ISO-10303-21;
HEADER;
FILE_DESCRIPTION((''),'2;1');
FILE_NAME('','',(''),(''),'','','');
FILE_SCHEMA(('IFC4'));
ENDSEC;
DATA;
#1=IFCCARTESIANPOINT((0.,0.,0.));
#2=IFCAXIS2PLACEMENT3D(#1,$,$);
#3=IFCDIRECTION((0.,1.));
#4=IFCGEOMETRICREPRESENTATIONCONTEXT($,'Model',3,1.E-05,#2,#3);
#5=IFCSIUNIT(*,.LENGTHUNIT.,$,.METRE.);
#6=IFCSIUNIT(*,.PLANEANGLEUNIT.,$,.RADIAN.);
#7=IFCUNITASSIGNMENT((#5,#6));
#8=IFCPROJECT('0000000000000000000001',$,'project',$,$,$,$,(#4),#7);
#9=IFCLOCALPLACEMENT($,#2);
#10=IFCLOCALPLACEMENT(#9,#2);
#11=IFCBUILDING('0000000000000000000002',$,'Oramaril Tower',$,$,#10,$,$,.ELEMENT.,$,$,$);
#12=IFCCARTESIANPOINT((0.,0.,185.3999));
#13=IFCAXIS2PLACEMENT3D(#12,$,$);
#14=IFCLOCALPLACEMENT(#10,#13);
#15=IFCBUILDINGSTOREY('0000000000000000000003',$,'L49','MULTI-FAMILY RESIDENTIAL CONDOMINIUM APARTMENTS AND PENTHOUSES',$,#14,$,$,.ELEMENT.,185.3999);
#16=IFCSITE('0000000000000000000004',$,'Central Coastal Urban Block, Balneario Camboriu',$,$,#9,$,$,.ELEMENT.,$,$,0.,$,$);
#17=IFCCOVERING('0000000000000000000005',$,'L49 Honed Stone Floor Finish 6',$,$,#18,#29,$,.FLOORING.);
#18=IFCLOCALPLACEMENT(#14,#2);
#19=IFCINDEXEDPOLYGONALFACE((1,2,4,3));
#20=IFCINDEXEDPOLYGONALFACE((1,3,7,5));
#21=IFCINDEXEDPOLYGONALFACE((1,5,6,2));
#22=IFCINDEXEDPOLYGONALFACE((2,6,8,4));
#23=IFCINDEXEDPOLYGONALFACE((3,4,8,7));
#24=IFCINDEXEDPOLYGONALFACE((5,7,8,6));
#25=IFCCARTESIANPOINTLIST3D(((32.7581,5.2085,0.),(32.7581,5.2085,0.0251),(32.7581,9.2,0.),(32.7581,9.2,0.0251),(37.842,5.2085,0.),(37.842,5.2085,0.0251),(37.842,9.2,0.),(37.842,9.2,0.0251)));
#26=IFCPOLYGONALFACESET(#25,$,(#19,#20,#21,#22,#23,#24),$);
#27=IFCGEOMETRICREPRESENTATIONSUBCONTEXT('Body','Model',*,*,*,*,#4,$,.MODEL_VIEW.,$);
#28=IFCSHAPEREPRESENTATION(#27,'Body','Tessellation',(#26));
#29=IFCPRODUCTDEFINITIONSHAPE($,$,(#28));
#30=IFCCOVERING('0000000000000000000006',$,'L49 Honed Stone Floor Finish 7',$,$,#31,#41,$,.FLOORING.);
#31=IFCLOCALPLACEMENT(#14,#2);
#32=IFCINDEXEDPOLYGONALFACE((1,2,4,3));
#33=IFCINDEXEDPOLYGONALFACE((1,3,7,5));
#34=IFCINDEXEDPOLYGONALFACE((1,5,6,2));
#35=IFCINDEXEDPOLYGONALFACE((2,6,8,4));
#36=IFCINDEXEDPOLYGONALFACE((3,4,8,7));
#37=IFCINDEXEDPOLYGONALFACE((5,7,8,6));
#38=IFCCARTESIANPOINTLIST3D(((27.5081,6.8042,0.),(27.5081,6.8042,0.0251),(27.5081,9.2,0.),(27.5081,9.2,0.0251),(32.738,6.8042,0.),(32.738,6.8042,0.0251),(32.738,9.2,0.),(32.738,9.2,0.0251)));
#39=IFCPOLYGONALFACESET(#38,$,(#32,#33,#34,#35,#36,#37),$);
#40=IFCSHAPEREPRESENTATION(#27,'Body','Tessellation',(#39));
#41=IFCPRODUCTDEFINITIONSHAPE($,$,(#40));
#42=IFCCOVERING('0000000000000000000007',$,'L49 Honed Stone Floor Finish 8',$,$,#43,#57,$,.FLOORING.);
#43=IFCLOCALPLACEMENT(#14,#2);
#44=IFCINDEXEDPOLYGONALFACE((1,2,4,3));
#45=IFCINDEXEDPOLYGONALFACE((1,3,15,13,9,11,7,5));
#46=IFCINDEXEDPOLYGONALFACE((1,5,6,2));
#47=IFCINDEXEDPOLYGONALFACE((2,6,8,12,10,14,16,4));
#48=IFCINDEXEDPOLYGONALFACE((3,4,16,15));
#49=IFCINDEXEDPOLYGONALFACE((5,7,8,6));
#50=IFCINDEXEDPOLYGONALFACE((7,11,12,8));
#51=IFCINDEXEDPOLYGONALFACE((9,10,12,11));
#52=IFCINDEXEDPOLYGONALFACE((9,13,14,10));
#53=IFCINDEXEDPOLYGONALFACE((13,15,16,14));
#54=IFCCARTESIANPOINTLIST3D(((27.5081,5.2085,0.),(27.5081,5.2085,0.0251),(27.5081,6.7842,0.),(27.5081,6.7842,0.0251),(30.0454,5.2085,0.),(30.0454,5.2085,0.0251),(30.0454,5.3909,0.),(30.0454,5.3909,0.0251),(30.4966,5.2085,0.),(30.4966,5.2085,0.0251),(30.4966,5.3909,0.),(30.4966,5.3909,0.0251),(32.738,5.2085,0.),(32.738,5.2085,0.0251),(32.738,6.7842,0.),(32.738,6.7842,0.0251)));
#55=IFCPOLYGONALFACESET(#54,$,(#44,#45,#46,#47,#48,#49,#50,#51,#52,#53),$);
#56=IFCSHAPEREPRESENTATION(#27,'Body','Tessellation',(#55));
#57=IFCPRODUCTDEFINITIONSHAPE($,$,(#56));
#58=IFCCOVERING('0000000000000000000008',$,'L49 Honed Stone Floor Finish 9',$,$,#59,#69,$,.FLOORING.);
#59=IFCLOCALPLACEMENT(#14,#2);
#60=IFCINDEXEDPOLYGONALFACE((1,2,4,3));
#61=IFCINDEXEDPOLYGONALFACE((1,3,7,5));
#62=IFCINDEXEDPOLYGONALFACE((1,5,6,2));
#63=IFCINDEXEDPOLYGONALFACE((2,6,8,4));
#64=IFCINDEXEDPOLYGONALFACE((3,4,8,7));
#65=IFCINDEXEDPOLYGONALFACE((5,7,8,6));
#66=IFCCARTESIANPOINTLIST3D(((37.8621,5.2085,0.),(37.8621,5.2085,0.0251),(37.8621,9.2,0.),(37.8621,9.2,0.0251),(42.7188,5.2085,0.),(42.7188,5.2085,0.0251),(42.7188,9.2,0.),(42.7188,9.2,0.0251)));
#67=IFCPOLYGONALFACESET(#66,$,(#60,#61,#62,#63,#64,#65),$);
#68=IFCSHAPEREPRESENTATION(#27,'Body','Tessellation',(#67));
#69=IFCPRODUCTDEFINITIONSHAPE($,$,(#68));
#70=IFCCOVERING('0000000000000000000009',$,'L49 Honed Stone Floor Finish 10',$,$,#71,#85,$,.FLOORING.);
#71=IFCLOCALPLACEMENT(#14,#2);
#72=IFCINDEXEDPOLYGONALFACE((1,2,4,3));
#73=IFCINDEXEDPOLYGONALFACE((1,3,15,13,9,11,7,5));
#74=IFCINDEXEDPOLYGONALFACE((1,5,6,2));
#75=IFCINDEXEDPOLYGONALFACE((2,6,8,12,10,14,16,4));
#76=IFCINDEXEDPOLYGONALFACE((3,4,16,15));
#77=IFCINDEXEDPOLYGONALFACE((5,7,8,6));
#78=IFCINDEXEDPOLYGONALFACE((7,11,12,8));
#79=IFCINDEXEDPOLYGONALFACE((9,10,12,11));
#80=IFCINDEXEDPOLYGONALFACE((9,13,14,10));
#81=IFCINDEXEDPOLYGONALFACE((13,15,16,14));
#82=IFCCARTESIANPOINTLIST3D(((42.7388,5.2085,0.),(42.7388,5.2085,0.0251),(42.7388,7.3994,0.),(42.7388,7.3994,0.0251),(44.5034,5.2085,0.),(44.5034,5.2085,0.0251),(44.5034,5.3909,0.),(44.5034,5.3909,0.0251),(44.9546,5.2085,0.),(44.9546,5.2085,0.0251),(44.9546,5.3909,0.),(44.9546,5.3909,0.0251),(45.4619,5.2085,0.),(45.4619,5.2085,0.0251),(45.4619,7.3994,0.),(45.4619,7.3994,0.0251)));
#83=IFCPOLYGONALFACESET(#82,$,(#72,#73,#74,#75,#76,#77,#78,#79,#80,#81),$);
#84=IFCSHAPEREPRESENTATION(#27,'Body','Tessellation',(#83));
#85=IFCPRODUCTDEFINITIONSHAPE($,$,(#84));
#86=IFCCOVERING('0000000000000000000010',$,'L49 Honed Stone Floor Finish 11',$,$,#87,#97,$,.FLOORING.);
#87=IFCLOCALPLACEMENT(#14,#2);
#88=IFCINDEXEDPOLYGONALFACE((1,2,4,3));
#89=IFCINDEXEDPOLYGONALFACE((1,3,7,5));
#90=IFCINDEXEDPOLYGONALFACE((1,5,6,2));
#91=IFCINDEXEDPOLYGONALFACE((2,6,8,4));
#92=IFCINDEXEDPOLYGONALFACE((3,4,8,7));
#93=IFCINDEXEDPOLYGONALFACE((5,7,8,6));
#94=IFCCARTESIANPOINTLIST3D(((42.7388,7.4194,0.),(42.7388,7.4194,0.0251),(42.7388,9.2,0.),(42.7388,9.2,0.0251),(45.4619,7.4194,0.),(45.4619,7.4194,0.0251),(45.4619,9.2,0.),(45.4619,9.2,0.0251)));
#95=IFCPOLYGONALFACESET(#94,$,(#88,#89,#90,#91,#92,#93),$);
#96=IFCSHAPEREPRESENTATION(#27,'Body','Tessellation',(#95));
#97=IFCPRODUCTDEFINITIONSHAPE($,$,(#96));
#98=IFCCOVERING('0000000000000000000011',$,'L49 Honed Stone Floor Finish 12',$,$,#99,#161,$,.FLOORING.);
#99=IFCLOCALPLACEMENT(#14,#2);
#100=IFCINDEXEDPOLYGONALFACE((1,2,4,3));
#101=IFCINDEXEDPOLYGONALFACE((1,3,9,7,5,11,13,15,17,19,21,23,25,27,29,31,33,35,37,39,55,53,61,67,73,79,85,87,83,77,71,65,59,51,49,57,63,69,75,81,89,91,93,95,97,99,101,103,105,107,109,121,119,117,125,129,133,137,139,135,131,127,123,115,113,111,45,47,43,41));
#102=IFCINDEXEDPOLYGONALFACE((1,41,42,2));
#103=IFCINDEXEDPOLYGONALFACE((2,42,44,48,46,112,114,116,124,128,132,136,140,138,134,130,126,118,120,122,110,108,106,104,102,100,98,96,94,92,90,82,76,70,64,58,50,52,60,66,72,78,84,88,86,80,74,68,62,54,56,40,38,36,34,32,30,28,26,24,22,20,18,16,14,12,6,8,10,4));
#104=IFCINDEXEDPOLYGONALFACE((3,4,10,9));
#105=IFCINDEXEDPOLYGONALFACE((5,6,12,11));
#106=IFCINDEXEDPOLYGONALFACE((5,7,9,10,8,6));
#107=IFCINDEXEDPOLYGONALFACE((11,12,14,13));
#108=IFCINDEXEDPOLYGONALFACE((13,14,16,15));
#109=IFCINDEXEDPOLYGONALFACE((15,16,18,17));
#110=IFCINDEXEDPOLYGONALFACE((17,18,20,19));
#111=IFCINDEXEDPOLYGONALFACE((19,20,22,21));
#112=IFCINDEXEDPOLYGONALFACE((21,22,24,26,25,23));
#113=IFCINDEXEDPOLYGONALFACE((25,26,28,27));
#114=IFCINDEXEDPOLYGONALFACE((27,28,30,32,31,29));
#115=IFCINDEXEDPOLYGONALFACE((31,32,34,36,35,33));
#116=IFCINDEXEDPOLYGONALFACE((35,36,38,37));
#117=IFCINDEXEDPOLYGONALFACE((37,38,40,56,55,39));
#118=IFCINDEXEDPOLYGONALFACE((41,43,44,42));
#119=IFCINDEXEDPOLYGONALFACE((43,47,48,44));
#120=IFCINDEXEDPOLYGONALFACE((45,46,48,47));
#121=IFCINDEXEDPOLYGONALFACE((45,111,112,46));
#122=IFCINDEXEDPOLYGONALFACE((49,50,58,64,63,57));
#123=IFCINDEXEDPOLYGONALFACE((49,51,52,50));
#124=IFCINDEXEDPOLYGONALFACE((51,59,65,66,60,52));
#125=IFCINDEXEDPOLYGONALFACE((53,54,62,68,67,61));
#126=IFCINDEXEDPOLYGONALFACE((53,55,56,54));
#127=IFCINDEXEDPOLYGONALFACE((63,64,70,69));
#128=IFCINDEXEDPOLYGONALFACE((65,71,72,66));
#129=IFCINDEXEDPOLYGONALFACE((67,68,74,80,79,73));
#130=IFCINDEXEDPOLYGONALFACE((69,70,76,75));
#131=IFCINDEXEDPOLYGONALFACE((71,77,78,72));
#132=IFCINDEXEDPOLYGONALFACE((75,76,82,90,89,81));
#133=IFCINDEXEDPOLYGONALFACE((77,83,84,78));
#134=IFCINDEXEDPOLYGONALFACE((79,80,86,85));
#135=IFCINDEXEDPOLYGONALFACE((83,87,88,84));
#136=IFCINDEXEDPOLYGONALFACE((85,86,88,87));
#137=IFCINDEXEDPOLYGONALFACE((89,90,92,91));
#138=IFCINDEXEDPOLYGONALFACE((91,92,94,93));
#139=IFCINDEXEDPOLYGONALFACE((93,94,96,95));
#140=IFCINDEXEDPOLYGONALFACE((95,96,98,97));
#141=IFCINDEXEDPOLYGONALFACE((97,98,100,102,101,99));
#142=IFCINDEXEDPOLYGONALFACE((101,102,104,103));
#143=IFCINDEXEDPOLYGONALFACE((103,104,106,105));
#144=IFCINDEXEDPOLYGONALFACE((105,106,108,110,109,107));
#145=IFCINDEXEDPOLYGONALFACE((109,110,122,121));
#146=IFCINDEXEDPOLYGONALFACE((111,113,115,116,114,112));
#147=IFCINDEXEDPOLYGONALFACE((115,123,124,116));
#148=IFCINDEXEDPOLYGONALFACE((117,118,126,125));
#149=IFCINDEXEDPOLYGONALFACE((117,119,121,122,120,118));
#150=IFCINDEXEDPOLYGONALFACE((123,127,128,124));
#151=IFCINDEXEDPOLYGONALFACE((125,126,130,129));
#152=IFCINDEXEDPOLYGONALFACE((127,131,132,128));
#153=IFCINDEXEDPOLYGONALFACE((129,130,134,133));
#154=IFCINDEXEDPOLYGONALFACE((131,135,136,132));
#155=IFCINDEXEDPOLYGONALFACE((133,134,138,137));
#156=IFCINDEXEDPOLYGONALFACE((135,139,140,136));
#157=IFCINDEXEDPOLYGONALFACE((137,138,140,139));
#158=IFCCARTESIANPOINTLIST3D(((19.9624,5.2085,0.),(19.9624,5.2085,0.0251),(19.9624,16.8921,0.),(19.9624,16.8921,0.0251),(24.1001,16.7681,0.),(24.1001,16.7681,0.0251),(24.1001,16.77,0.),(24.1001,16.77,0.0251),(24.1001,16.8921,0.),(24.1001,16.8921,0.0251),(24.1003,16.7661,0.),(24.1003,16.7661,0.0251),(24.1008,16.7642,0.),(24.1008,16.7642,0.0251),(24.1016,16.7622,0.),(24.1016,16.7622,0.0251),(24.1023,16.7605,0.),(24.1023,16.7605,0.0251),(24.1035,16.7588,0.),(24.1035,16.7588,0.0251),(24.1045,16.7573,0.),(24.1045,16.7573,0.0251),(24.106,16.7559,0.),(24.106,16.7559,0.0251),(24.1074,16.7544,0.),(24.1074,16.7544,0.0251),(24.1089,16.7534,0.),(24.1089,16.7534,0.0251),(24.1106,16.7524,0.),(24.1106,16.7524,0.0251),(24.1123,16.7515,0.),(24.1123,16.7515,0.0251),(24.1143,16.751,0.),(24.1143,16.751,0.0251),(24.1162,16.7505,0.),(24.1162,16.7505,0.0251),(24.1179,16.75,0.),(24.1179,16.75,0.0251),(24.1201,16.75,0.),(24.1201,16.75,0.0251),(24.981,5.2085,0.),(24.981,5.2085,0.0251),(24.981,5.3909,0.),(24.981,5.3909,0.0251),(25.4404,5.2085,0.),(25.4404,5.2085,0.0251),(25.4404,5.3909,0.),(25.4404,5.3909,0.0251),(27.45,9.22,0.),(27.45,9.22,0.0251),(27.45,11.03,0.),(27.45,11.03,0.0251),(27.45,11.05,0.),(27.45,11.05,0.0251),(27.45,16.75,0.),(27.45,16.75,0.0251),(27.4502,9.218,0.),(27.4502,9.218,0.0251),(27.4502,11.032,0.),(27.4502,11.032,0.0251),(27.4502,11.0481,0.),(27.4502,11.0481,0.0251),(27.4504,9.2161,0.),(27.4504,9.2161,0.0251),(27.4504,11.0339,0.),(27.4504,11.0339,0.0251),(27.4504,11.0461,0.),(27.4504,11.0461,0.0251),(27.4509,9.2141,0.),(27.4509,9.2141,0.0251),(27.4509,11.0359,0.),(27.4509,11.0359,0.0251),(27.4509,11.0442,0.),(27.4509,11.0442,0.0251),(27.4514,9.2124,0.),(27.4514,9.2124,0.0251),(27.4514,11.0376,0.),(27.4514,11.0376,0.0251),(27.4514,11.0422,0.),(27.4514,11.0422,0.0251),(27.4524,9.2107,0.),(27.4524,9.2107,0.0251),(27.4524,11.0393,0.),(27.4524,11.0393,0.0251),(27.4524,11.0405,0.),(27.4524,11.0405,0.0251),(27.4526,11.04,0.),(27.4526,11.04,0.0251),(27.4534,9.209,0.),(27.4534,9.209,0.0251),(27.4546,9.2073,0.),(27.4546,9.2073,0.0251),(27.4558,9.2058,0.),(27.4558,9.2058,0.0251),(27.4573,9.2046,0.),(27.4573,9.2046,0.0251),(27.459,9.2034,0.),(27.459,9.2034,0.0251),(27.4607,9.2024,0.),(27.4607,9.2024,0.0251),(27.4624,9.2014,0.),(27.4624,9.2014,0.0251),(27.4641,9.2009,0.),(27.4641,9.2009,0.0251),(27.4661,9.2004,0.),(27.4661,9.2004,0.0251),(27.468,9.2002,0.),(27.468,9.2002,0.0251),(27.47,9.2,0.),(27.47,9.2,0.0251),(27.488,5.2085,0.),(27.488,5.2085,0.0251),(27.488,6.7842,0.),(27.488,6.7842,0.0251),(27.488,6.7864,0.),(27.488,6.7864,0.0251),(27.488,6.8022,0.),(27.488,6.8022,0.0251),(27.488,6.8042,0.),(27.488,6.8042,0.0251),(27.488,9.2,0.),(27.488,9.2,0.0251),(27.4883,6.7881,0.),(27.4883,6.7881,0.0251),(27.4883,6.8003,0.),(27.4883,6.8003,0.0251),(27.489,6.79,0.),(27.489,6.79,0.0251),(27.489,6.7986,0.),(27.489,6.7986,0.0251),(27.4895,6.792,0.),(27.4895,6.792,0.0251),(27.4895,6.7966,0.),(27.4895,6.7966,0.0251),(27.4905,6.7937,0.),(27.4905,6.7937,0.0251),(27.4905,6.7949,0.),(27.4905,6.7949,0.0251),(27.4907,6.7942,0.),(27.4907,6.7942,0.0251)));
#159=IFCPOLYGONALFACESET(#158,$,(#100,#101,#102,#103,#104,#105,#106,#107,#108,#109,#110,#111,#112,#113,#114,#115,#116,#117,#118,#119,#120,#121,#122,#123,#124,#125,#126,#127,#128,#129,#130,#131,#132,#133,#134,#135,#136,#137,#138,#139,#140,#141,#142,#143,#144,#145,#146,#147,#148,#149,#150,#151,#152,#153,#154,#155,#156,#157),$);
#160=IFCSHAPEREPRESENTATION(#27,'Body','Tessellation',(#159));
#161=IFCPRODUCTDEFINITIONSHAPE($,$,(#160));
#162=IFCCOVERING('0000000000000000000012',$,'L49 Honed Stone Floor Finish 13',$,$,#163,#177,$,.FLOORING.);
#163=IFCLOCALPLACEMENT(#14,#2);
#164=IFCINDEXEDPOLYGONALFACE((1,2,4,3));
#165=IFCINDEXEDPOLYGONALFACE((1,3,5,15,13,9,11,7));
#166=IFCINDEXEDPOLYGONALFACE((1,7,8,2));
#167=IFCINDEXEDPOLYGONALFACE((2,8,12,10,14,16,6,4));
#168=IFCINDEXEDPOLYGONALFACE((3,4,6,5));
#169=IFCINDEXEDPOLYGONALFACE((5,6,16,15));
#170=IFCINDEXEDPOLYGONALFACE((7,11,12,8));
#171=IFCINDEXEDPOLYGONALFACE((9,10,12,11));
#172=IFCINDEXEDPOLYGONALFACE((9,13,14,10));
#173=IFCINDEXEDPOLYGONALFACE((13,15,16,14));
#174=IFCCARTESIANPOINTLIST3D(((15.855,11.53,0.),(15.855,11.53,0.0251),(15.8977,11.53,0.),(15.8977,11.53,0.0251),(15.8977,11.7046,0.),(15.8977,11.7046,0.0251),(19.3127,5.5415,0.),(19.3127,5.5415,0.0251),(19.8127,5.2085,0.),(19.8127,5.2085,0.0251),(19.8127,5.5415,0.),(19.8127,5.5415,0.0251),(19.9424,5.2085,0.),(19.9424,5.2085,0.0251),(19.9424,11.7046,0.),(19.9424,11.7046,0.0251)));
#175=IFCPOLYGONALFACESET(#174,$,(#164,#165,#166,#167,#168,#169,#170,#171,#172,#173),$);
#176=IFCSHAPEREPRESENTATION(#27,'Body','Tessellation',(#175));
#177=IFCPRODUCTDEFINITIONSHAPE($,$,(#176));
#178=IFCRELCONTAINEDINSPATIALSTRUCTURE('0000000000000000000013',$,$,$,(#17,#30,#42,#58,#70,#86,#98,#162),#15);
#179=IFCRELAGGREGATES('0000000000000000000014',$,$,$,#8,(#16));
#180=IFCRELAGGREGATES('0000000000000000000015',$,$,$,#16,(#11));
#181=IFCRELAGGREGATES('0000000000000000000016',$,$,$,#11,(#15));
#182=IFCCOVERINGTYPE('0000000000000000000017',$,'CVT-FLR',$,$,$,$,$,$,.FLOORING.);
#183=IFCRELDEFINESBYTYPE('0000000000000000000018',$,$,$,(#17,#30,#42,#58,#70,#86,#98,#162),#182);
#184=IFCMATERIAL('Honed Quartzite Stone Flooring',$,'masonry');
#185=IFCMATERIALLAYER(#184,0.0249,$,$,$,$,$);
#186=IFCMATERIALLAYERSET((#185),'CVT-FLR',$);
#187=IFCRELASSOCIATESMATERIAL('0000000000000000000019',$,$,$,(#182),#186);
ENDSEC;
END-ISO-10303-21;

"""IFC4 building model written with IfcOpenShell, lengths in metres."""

from ifc_helpers import new_model, si_unit, direction, frame, origin, place, context, subcontext, project, spatial, polyline, outline, extrude, material, layer, layer_set, type_object, element, save


model = new_model("IFC4")

# Units and contexts
model_context = context("Model", 3, precision=1e-05, world=origin(), true_north=direction((0.0, 1.0)))
body_context = subcontext(model_context, "Body", "Model", "MODEL_VIEW")
ifc_project = project(units=[si_unit("LENGTHUNIT", "METRE"), si_unit("PLANEANGLEUNIT", "RADIAN")], contexts=[model_context])

# Site, building, storey
site_placement = place(None, origin())
site = spatial("IfcSite", under=ifc_project, at=site_placement, Name="Central Coastal Urban Block, Balneario Camboriu", CompositionType="ELEMENT", RefElevation=0.0)
building_placement = place(site_placement, origin())
building = spatial("IfcBuilding", under=site, at=building_placement, Name="Oramaril Tower", CompositionType="ELEMENT")
storey_placement = place(building_placement, frame((0.0, 0.0, 185.3999)))
storey = spatial("IfcBuildingStorey", under=building, at=storey_placement, Name="L49", Description="MULTI-FAMILY RESIDENTIAL CONDOMINIUM APARTMENTS AND PENTHOUSES", CompositionType="ELEMENT", Elevation=185.3999)

# Coverings
ifc_material_1 = material(Name="Honed Quartzite Stone Flooring", Category="masonry")
ifc_layer_1 = layer(ifc_material_1, 0.0249)
ifc_layer_set_1 = layer_set([ifc_layer_1], Name="CVT-FLR")
covering_type_1 = type_object("IfcCoveringType", Name="CVT-FLR", PredefinedType="FLOORING", material=ifc_layer_set_1)
covering_1_placement = place(storey_placement, origin())
element("IfcCovering", 1, at=covering_1_placement, inside=storey, type_object=covering_type_1, Name="L49 Honed Stone Floor Finish 6", PredefinedType="FLOORING", context=body_context, shape_type="SweptSolid", body=[
    extrude(outline(polyline([(37.842, 5.2085), (32.7581, 5.2085), (32.7581, 9.2), (37.842, 9.2), (37.842, 5.2085)])), origin(), (0.0, 0.0, 1.0), 0.0251),
])
covering_2_placement = place(storey_placement, origin())
element("IfcCovering", 2, at=covering_2_placement, inside=storey, type_object=covering_type_1, Name="L49 Honed Stone Floor Finish 7", PredefinedType="FLOORING", context=body_context, shape_type="SweptSolid", body=[
    extrude(outline(polyline([(27.5081, 6.8042), (27.5081, 9.2), (32.738, 9.2), (32.738, 6.8042), (27.5081, 6.8042)])), origin(), (0.0, 0.0, 1.0), 0.0251),
])
covering_3_placement = place(storey_placement, origin())
element("IfcCovering", 3, at=covering_3_placement, inside=storey, type_object=covering_type_1, Name="L49 Honed Stone Floor Finish 8", PredefinedType="FLOORING", context=body_context, shape_type="SweptSolid", body=[
    extrude(outline(polyline([(30.4966, 5.2085), (30.4966, 5.3909), (30.0454, 5.3909), (30.0454, 5.2085), (27.5081, 5.2085), (27.5081, 6.7842), (32.738, 6.7842), (32.738, 5.2085), (30.4966, 5.2085)])), origin(), (0.0, 0.0, 1.0), 0.0251),
])
covering_4_placement = place(storey_placement, origin())
element("IfcCovering", 4, at=covering_4_placement, inside=storey, type_object=covering_type_1, Name="L49 Honed Stone Floor Finish 9", PredefinedType="FLOORING", context=body_context, shape_type="SweptSolid", body=[
    extrude(outline(polyline([(42.7188, 5.2085), (37.8621, 5.2085), (37.8621, 9.2), (42.7188, 9.2), (42.7188, 5.2085)])), origin(), (0.0, 0.0, 1.0), 0.0251),
])
covering_5_placement = place(storey_placement, origin())
element("IfcCovering", 5, at=covering_5_placement, inside=storey, type_object=covering_type_1, Name="L49 Honed Stone Floor Finish 10", PredefinedType="FLOORING", context=body_context, shape_type="SweptSolid", body=[
    extrude(outline(polyline([(44.9546, 5.3909), (44.5034, 5.3909), (44.5034, 5.2085), (42.7388, 5.2085), (42.7388, 7.3994), (45.4619, 7.3994), (45.4619, 5.2085), (44.9546, 5.2085), (44.9546, 5.3909)])), origin(), (0.0, 0.0, 1.0), 0.0251),
])
covering_6_placement = place(storey_placement, origin())
element("IfcCovering", 6, at=covering_6_placement, inside=storey, type_object=covering_type_1, Name="L49 Honed Stone Floor Finish 11", PredefinedType="FLOORING", context=body_context, shape_type="SweptSolid", body=[
    extrude(outline(polyline([(45.4619, 7.4194), (42.7388, 7.4194), (42.7388, 9.2), (45.4619, 9.2), (45.4619, 7.4194)])), origin(), (0.0, 0.0, 1.0), 0.0251),
])
covering_7_placement = place(storey_placement, origin())
element("IfcCovering", 7, at=covering_7_placement, inside=storey, type_object=covering_type_1, Name="L49 Honed Stone Floor Finish 12", PredefinedType="FLOORING", context=body_context, shape_type="SweptSolid", body=[
    extrude(outline(polyline([(25.4404, 5.3909), (24.981, 5.3909), (24.981, 5.2085), (19.9624, 5.2085), (19.9624, 16.8921), (24.1001, 16.8921), (24.1001, 16.77), (24.1001, 16.7681), (24.1003, 16.7661), (24.1008, 16.7642), (24.1016, 16.7622), (24.1023, 16.7605), (24.1035, 16.7588), (24.1045, 16.7573), (24.106, 16.7559), (24.1074, 16.7544), (24.1089, 16.7534), (24.1106, 16.7524), (24.1123, 16.7515), (24.1143, 16.751), (24.1162, 16.7505), (24.1179, 16.75), (24.1201, 16.75), (27.45, 16.75), (27.45, 11.05), (27.4502, 11.0481), (27.4504, 11.0461), (27.4509, 11.0442), (27.4514, 11.0422), (27.4524, 11.0405), (27.4526, 11.04), (27.4524, 11.0393), (27.4514, 11.0376), (27.4509, 11.0359), (27.4504, 11.0339), (27.4502, 11.032), (27.45, 11.03), (27.45, 9.22), (27.4502, 9.218), (27.4504, 9.2161), (27.4509, 9.2141), (27.4514, 9.2124), (27.4524, 9.2107), (27.4534, 9.209), (27.4546, 9.2073), (27.4558, 9.2058), (27.4573, 9.2046), (27.459, 9.2034), (27.4607, 9.2024), (27.4624, 9.2014), (27.4641, 9.2009), (27.4661, 9.2004), (27.468, 9.2002), (27.47, 9.2), (27.488, 9.2), (27.488, 6.8042), (27.488, 6.8022), (27.4883, 6.8003), (27.489, 6.7986), (27.4895, 6.7966), (27.4905, 6.7949), (27.4907, 6.7942), (27.4905, 6.7937), (27.4895, 6.792), (27.489, 6.79), (27.4883, 6.7881), (27.488, 6.7864), (27.488, 6.7842), (27.488, 5.2085), (25.4404, 5.2085), (25.4404, 5.3909)])), origin(), (0.0, 0.0, 1.0), 0.0251),
])
covering_8_placement = place(storey_placement, origin())
element("IfcCovering", 8, at=covering_8_placement, inside=storey, type_object=covering_type_1, Name="L49 Honed Stone Floor Finish 13", PredefinedType="FLOORING", context=body_context, shape_type="SweptSolid", body=[
    extrude(outline(polyline([(19.8127, 5.2085), (19.8127, 5.5415), (19.3127, 5.5415), (15.855, 11.53), (15.8977, 11.53), (15.8977, 11.7046), (19.9424, 11.7046), (19.9424, 5.2085), (19.8127, 5.2085)])), origin(), (0.0, 0.0, 1.0), 0.0251),
])

save(model, "model.ifc")
